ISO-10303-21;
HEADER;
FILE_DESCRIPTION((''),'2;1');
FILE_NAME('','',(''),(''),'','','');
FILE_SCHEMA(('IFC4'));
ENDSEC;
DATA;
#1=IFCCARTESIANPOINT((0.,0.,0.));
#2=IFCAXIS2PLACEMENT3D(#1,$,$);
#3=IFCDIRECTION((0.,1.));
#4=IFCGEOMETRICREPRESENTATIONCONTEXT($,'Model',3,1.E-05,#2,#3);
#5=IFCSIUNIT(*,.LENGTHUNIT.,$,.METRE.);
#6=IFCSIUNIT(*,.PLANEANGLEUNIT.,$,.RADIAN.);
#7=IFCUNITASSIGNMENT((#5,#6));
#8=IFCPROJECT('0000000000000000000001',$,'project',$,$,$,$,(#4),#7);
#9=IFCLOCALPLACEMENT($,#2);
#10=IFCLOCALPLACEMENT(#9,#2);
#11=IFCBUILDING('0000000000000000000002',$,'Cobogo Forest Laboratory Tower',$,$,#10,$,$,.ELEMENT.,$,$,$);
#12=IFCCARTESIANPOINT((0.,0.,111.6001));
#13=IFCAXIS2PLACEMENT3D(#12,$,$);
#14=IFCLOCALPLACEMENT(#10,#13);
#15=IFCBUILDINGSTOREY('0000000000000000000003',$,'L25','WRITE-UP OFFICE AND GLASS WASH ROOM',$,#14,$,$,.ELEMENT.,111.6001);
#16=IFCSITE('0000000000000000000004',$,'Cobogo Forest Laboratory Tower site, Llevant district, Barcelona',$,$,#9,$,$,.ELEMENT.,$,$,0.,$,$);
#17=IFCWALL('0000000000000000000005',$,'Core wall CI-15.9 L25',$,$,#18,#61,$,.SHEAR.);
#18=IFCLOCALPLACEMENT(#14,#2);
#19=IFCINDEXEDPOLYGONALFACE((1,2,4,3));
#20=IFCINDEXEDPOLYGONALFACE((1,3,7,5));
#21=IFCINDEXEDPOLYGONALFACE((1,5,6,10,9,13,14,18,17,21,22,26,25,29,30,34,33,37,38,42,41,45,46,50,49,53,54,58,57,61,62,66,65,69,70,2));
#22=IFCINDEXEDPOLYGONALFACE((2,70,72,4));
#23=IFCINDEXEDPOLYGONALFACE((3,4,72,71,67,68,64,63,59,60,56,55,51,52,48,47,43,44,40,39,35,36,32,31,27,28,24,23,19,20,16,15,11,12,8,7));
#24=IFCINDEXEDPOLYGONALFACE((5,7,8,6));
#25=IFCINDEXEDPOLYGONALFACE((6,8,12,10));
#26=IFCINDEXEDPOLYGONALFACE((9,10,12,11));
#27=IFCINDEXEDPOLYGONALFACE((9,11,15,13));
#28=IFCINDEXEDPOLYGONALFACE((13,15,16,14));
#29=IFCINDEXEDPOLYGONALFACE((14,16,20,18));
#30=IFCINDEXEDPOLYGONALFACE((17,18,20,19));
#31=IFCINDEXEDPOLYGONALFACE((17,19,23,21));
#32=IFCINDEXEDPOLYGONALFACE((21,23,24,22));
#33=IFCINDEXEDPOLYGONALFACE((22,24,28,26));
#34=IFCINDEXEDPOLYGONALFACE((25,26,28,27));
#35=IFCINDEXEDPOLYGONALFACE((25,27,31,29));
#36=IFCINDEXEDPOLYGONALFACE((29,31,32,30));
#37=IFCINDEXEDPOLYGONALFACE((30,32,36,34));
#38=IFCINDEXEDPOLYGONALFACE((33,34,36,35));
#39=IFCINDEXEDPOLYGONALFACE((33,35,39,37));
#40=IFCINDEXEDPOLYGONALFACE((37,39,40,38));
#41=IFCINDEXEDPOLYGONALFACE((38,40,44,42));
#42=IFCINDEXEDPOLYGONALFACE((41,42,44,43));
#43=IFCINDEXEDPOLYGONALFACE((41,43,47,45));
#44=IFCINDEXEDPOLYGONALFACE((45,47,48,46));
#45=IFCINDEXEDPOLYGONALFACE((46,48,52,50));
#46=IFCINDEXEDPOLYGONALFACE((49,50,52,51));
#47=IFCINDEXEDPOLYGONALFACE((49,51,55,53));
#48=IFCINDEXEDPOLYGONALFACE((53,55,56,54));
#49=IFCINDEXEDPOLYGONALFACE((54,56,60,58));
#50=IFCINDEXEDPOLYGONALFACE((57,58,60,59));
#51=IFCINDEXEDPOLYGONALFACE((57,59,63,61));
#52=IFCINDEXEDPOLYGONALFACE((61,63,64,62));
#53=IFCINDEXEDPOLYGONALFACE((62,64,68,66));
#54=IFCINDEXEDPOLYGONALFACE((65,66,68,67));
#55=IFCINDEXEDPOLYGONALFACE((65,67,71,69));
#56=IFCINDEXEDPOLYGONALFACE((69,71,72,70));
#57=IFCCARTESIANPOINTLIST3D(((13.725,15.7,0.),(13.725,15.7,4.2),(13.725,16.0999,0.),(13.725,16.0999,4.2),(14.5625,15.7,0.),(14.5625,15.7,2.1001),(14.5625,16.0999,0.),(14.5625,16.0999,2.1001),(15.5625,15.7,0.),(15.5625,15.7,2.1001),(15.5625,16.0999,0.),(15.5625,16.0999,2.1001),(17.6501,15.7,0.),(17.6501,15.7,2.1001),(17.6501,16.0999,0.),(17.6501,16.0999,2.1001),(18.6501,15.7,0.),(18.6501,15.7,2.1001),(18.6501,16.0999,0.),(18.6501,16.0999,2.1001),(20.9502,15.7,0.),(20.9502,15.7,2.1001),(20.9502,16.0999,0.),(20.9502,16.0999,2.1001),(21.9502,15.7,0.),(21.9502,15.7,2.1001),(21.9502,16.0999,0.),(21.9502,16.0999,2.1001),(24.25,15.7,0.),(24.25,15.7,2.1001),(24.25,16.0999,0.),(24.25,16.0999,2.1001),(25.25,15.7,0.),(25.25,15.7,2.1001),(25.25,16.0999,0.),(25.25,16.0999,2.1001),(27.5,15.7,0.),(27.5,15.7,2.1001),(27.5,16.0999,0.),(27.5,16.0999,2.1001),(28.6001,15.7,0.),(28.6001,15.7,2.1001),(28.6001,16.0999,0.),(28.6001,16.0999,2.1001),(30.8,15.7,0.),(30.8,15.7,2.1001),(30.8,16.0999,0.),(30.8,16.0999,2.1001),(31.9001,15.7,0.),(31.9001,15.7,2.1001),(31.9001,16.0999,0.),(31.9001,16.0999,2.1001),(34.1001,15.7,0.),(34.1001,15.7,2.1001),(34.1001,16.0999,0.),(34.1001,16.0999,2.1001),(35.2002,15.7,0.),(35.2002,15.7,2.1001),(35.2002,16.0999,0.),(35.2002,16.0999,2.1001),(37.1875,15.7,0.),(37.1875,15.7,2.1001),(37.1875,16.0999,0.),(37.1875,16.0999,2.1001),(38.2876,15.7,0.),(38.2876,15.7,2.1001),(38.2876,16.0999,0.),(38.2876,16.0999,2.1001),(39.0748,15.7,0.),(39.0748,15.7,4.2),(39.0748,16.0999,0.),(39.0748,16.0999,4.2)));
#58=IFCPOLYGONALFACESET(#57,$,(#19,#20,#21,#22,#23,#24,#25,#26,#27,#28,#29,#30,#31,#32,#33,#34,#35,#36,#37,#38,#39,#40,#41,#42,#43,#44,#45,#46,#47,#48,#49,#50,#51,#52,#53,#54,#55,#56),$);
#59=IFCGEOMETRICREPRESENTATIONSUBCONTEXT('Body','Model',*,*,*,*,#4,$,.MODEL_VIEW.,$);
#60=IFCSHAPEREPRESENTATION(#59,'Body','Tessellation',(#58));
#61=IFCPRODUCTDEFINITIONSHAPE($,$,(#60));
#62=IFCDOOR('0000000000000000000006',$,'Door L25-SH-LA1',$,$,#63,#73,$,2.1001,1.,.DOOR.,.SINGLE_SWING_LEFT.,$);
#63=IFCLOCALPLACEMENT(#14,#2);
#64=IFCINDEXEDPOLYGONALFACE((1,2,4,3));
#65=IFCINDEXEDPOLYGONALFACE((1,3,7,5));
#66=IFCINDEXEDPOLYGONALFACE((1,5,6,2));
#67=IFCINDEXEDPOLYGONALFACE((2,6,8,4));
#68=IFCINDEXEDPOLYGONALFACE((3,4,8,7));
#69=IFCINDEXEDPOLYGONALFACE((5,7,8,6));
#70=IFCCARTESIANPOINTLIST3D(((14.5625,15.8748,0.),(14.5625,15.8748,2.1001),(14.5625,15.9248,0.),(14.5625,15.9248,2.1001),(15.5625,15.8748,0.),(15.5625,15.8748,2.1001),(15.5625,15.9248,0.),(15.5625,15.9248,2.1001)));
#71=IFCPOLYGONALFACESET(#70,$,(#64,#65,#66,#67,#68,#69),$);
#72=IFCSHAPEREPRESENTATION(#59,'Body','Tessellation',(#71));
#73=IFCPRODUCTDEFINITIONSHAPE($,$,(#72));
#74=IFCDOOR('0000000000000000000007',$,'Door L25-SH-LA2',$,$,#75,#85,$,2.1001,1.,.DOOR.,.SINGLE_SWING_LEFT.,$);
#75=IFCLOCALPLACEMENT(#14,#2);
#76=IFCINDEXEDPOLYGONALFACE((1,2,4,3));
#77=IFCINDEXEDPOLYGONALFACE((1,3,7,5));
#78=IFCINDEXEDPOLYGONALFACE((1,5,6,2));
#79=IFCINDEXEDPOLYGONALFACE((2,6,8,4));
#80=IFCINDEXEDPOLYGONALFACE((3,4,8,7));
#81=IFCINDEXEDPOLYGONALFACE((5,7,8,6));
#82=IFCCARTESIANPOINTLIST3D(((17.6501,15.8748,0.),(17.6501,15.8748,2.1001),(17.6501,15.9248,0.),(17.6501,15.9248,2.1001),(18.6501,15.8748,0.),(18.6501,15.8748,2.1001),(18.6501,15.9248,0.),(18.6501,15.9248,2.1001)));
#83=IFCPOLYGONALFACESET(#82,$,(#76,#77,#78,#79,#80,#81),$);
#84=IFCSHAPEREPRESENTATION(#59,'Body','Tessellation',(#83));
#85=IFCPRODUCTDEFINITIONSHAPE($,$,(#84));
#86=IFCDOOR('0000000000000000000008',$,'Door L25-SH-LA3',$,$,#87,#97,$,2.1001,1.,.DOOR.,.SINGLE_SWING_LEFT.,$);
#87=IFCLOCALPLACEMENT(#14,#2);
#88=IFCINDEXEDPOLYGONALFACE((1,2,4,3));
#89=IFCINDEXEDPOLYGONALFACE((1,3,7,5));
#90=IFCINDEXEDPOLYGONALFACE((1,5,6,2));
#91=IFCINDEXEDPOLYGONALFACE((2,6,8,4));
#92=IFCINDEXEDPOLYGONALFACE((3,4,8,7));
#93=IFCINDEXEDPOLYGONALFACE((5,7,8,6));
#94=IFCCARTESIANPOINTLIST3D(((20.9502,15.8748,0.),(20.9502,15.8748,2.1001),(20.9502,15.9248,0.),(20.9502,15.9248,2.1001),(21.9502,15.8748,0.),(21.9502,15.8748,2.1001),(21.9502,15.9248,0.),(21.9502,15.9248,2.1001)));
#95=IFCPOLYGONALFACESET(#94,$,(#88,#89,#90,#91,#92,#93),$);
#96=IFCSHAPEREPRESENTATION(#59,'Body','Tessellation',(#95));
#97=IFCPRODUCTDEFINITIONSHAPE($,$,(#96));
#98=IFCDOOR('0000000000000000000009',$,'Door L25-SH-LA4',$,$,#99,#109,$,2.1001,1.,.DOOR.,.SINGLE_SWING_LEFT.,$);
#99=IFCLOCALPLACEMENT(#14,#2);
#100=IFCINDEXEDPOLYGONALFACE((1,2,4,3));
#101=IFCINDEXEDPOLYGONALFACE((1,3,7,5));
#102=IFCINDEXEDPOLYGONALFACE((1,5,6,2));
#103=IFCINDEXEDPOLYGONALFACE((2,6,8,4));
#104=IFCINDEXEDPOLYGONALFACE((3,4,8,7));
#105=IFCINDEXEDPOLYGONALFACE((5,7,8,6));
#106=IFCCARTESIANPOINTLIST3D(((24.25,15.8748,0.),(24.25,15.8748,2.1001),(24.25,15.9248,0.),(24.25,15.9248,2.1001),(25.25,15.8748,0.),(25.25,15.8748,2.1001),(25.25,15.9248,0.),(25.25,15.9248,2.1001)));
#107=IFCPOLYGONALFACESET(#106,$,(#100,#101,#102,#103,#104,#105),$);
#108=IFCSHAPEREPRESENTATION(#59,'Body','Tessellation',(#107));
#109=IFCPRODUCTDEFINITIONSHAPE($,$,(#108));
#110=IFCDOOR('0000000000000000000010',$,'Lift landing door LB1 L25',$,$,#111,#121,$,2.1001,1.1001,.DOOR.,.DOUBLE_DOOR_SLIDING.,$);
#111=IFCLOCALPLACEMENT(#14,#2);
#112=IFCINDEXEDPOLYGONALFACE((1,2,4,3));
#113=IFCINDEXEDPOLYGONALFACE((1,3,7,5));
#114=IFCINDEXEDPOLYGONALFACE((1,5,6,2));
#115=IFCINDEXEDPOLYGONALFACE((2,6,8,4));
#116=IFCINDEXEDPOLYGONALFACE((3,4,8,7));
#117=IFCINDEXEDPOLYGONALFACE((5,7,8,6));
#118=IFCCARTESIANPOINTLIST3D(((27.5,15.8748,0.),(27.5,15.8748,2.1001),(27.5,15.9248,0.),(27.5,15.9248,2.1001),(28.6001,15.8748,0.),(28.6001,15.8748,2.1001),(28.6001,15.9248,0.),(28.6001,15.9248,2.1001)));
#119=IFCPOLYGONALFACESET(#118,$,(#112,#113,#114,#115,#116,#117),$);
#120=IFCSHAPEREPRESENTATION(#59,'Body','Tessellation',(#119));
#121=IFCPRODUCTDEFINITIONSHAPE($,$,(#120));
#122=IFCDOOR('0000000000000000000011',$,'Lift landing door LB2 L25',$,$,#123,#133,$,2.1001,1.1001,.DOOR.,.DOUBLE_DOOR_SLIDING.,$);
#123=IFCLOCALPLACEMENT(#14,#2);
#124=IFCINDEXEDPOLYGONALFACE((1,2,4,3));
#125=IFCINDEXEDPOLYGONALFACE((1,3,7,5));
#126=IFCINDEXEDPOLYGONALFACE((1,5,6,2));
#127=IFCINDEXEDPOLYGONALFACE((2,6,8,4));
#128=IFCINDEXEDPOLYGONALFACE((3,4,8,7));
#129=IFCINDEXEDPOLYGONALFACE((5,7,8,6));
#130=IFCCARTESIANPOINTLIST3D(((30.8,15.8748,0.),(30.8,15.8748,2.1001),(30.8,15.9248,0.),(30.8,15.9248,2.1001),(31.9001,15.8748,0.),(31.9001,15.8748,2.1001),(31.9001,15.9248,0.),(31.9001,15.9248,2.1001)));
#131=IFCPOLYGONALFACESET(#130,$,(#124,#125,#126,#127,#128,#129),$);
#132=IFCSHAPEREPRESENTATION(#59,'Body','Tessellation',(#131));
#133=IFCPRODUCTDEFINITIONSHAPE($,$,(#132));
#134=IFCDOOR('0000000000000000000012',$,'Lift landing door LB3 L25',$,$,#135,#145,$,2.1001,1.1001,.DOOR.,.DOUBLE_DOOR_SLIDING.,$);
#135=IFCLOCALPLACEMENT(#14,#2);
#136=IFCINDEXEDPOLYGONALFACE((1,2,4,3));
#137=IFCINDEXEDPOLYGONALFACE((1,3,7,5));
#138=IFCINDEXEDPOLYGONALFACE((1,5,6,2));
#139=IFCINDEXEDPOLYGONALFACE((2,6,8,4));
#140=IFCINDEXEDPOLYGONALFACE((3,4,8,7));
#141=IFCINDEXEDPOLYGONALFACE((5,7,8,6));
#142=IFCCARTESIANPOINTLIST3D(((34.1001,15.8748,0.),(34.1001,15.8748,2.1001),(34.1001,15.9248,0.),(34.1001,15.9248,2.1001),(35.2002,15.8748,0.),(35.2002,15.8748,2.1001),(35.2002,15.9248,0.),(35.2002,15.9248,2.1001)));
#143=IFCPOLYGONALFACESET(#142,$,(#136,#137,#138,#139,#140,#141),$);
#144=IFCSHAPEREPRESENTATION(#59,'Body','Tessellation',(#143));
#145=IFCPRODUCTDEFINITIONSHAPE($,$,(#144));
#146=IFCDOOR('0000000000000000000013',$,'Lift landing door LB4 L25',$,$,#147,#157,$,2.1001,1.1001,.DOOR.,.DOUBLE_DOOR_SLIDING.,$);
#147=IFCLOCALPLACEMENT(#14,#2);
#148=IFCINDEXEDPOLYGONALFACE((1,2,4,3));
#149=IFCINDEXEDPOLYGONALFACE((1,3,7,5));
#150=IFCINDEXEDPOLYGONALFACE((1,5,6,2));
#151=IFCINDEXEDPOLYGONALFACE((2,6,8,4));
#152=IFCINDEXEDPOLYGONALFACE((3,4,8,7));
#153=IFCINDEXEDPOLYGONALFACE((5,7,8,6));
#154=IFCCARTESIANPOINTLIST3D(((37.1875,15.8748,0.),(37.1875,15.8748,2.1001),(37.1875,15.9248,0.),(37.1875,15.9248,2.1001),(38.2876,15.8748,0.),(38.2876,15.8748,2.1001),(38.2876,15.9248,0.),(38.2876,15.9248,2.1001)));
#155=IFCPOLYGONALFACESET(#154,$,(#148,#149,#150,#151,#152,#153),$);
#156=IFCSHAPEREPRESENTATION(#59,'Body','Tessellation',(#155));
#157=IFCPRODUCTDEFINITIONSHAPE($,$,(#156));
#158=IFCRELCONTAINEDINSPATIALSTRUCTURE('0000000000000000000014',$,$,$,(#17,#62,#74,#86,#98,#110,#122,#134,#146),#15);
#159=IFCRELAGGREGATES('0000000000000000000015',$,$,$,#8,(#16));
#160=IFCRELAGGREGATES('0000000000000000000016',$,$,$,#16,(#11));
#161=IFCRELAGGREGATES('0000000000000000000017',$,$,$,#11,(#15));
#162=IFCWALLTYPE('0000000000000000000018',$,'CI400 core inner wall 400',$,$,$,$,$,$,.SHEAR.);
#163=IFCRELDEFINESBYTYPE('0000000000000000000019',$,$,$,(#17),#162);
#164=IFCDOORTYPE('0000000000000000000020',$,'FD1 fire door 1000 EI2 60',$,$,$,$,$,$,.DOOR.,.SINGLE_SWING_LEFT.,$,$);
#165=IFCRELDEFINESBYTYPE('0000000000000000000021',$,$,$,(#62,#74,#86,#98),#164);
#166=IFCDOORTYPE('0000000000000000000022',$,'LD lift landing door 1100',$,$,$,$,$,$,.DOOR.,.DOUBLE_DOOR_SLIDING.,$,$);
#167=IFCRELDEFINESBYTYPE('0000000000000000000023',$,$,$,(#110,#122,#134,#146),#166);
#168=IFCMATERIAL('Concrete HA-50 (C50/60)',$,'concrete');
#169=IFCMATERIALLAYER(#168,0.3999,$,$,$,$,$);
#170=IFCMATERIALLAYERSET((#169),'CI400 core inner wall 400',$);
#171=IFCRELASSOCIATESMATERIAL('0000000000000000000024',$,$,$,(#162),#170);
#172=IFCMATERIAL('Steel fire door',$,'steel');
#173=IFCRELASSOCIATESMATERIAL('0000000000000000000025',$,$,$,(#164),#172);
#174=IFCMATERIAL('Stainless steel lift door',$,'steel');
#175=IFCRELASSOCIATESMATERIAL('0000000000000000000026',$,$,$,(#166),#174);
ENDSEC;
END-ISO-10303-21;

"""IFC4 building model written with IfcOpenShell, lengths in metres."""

from ifc_helpers import new_model, si_unit, direction, frame, frame_2d, origin, place, context, subcontext, project, spatial, rectangle, extrude, material, layer, layer_set, type_object, element, fill, save


model = new_model("IFC4")

# Units and contexts
model_context = context("Model", 3, precision=1e-05, world=origin(), true_north=direction((0.0, 1.0)))
body_context = subcontext(model_context, "Body", "Model", "MODEL_VIEW")
ifc_project = project(units=[si_unit("LENGTHUNIT", "METRE"), si_unit("PLANEANGLEUNIT", "RADIAN")], contexts=[model_context])

# Site, building, storey
site_placement = place(None, origin())
site = spatial("IfcSite", under=ifc_project, at=site_placement, Name="Cobogo Forest Laboratory Tower site, Llevant district, Barcelona", CompositionType="ELEMENT", RefElevation=0.0)
building_placement = place(site_placement, origin())
building = spatial("IfcBuilding", under=site, at=building_placement, Name="Cobogo Forest Laboratory Tower", CompositionType="ELEMENT")
storey_placement = place(building_placement, frame((0.0, 0.0, 111.6001)))
storey = spatial("IfcBuildingStorey", under=building, at=storey_placement, Name="L25", Description="WRITE-UP OFFICE AND GLASS WASH ROOM", CompositionType="ELEMENT", Elevation=111.6001)

# Wall, openings, doors
ifc_material_1 = material(Name="Concrete HA-50 (C50/60)", Category="concrete")
ifc_layer = layer(ifc_material_1, 0.3999)
ifc_layer_set = layer_set([ifc_layer], Name="CI400 core inner wall 400")
wall_type = type_object("IfcWallType", Name="CI400 core inner wall 400", PredefinedType="SHEAR", material=ifc_layer_set)
wall_1_placement = place(storey_placement, frame((13.7251, 15.8999, 0.0), z_axis=(0.0, 0.0, 1.0), x_axis=(1.0, 0.0, 0.0)))
wall_1 = element("IfcWall", 1, at=wall_1_placement, inside=storey, type_object=wall_type, Name="Core wall CI-15.9 L25", PredefinedType="SHEAR", context=body_context, shape_type="SweptSolid", body=[
    extrude(rectangle(XDim=25.3499, YDim=0.3999, at=frame_2d((12.6748, 0.0))), origin(), (0.0, 0.0, 1.0), 4.2),
])
opening_1_placement = place(wall_1_placement, frame((0.8374, 0.0, 0.0)))
opening_1 = element("IfcOpeningElement", 2, at=opening_1_placement, cuts=wall_1, PredefinedType="OPENING", context=body_context, shape_type="SweptSolid", body=[
    extrude(rectangle(XDim=1.0, YDim=2.1001, at=frame_2d((0.5, 1.05))), frame((0.0, 0.21, 0.0), z_axis=(0.0, -1.0, 0.0), x_axis=(1.0, 0.0, 0.0)), (0.0, 0.0, 1.0), 0.4199),
])
opening_2_placement = place(wall_1_placement, frame((3.925, 0.0, 0.0)))
opening_2 = element("IfcOpeningElement", 3, at=opening_2_placement, cuts=wall_1, PredefinedType="OPENING", context=body_context, shape_type="SweptSolid", body=[
    extrude(rectangle(XDim=1.0, YDim=2.1001, at=frame_2d((0.5, 1.05))), frame((0.0, 0.21, 0.0), z_axis=(0.0, -1.0, 0.0), x_axis=(1.0, 0.0, 0.0)), (0.0, 0.0, 1.0), 0.4199),
])
opening_3_placement = place(wall_1_placement, frame((7.2251, 0.0, 0.0)))
opening_3 = element("IfcOpeningElement", 4, at=opening_3_placement, cuts=wall_1, PredefinedType="OPENING", context=body_context, shape_type="SweptSolid", body=[
    extrude(rectangle(XDim=1.0, YDim=2.1001, at=frame_2d((0.5, 1.05))), frame((0.0, 0.21, 0.0), z_axis=(0.0, -1.0, 0.0), x_axis=(1.0, 0.0, 0.0)), (0.0, 0.0, 1.0), 0.4199),
])
opening_4_placement = place(wall_1_placement, frame((10.5249, 0.0, 0.0)))
opening_4 = element("IfcOpeningElement", 5, at=opening_4_placement, cuts=wall_1, PredefinedType="OPENING", context=body_context, shape_type="SweptSolid", body=[
    extrude(rectangle(XDim=1.0, YDim=2.1001, at=frame_2d((0.5, 1.05))), frame((0.0, 0.21, 0.0), z_axis=(0.0, -1.0, 0.0), x_axis=(1.0, 0.0, 0.0)), (0.0, 0.0, 1.0), 0.4199),
])
opening_5_placement = place(wall_1_placement, frame((13.7749, 0.0, 0.0)))
opening_5 = element("IfcOpeningElement", 6, at=opening_5_placement, cuts=wall_1, PredefinedType="OPENING", context=body_context, shape_type="SweptSolid", body=[
    extrude(rectangle(XDim=1.1001, YDim=2.1001, at=frame_2d((0.55, 1.05))), frame((0.0, 0.21, 0.0), z_axis=(0.0, -1.0, 0.0), x_axis=(1.0, 0.0, 0.0)), (0.0, 0.0, 1.0), 0.4199),
])
opening_6_placement = place(wall_1_placement, frame((17.075, 0.0, 0.0)))
opening_6 = element("IfcOpeningElement", 7, at=opening_6_placement, cuts=wall_1, PredefinedType="OPENING", context=body_context, shape_type="SweptSolid", body=[
    extrude(rectangle(XDim=1.1001, YDim=2.1001, at=frame_2d((0.55, 1.05))), frame((0.0, 0.21, 0.0), z_axis=(0.0, -1.0, 0.0), x_axis=(1.0, 0.0, 0.0)), (0.0, 0.0, 1.0), 0.4199),
])
opening_7_placement = place(wall_1_placement, frame((20.375, 0.0, 0.0)))
opening_7 = element("IfcOpeningElement", 8, at=opening_7_placement, cuts=wall_1, PredefinedType="OPENING", context=body_context, shape_type="SweptSolid", body=[
    extrude(rectangle(XDim=1.1001, YDim=2.1001, at=frame_2d((0.55, 1.05))), frame((0.0, 0.21, 0.0), z_axis=(0.0, -1.0, 0.0), x_axis=(1.0, 0.0, 0.0)), (0.0, 0.0, 1.0), 0.4199),
])
opening_8_placement = place(wall_1_placement, frame((23.4624, 0.0, 0.0)))
opening_8 = element("IfcOpeningElement", 9, at=opening_8_placement, cuts=wall_1, PredefinedType="OPENING", context=body_context, shape_type="SweptSolid", body=[
    extrude(rectangle(XDim=1.1001, YDim=2.1001, at=frame_2d((0.55, 1.05))), frame((0.0, 0.21, 0.0), z_axis=(0.0, -1.0, 0.0), x_axis=(1.0, 0.0, 0.0)), (0.0, 0.0, 1.0), 0.4199),
])
ifc_material_2 = material(Name="Steel fire door", Category="steel")
door_type_1 = type_object("IfcDoorType", Name="FD1 fire door 1000 EI2 60", OperationType="SINGLE_SWING_LEFT", PredefinedType="DOOR", material=ifc_material_2)
door_1_placement = place(opening_1_placement, origin())
door_1 = element("IfcDoor", 10, at=door_1_placement, inside=storey, type_object=door_type_1, Name="Door L25-SH-LA1", OperationType="SINGLE_SWING_LEFT", OverallHeight=2.1001, OverallWidth=1.0, PredefinedType="DOOR", context=body_context, shape_type="SweptSolid", body=[
    extrude(rectangle(XDim=1.0, YDim=2.1001, at=frame_2d((0.5, 1.05))), frame((0.0, 0.0249, 0.0), z_axis=(0.0, -1.0, 0.0), x_axis=(1.0, 0.0, 0.0)), (0.0, 0.0, 1.0), 0.05),
])
fill(opening_1, door_1)
door_2_placement = place(opening_2_placement, origin())
door_2 = element("IfcDoor", 11, at=door_2_placement, inside=storey, type_object=door_type_1, Name="Door L25-SH-LA2", OperationType="SINGLE_SWING_LEFT", OverallHeight=2.1001, OverallWidth=1.0, PredefinedType="DOOR", context=body_context, shape_type="SweptSolid", body=[
    extrude(rectangle(XDim=1.0, YDim=2.1001, at=frame_2d((0.5, 1.05))), frame((0.0, 0.0249, 0.0), z_axis=(0.0, -1.0, 0.0), x_axis=(1.0, 0.0, 0.0)), (0.0, 0.0, 1.0), 0.05),
])
fill(opening_2, door_2)
door_3_placement = place(opening_3_placement, origin())
door_3 = element("IfcDoor", 12, at=door_3_placement, inside=storey, type_object=door_type_1, Name="Door L25-SH-LA3", OperationType="SINGLE_SWING_LEFT", OverallHeight=2.1001, OverallWidth=1.0, PredefinedType="DOOR", context=body_context, shape_type="SweptSolid", body=[
    extrude(rectangle(XDim=1.0, YDim=2.1001, at=frame_2d((0.5, 1.05))), frame((0.0, 0.0249, 0.0), z_axis=(0.0, -1.0, 0.0), x_axis=(1.0, 0.0, 0.0)), (0.0, 0.0, 1.0), 0.05),
])
fill(opening_3, door_3)
door_4_placement = place(opening_4_placement, origin())
door_4 = element("IfcDoor", 13, at=door_4_placement, inside=storey, type_object=door_type_1, Name="Door L25-SH-LA4", OperationType="SINGLE_SWING_LEFT", OverallHeight=2.1001, OverallWidth=1.0, PredefinedType="DOOR", context=body_context, shape_type="SweptSolid", body=[
    extrude(rectangle(XDim=1.0, YDim=2.1001, at=frame_2d((0.5, 1.05))), frame((0.0, 0.0249, 0.0), z_axis=(0.0, -1.0, 0.0), x_axis=(1.0, 0.0, 0.0)), (0.0, 0.0, 1.0), 0.05),
])
fill(opening_4, door_4)
ifc_material_3 = material(Name="Stainless steel lift door", Category="steel")
door_type_2 = type_object("IfcDoorType", Name="LD lift landing door 1100", OperationType="DOUBLE_DOOR_SLIDING", PredefinedType="DOOR", material=ifc_material_3)
door_5_placement = place(opening_5_placement, origin())
door_5 = element("IfcDoor", 14, at=door_5_placement, inside=storey, type_object=door_type_2, Name="Lift landing door LB1 L25", OperationType="DOUBLE_DOOR_SLIDING", OverallHeight=2.1001, OverallWidth=1.1001, PredefinedType="DOOR", context=body_context, shape_type="SweptSolid", body=[
    extrude(rectangle(XDim=1.1001, YDim=2.1001, at=frame_2d((0.55, 1.05))), frame((0.0, 0.0249, 0.0), z_axis=(0.0, -1.0, 0.0), x_axis=(1.0, 0.0, 0.0)), (0.0, 0.0, 1.0), 0.05),
])
fill(opening_5, door_5)
door_6_placement = place(opening_6_placement, origin())
door_6 = element("IfcDoor", 15, at=door_6_placement, inside=storey, type_object=door_type_2, Name="Lift landing door LB2 L25", OperationType="DOUBLE_DOOR_SLIDING", OverallHeight=2.1001, OverallWidth=1.1001, PredefinedType="DOOR", context=body_context, shape_type="SweptSolid", body=[
    extrude(rectangle(XDim=1.1001, YDim=2.1001, at=frame_2d((0.55, 1.05))), frame((0.0, 0.0249, 0.0), z_axis=(0.0, -1.0, 0.0), x_axis=(1.0, 0.0, 0.0)), (0.0, 0.0, 1.0), 0.05),
])
fill(opening_6, door_6)
door_7_placement = place(opening_7_placement, origin())
door_7 = element("IfcDoor", 16, at=door_7_placement, inside=storey, type_object=door_type_2, Name="Lift landing door LB3 L25", OperationType="DOUBLE_DOOR_SLIDING", OverallHeight=2.1001, OverallWidth=1.1001, PredefinedType="DOOR", context=body_context, shape_type="SweptSolid", body=[
    extrude(rectangle(XDim=1.1001, YDim=2.1001, at=frame_2d((0.55, 1.05))), frame((0.0, 0.0249, 0.0), z_axis=(0.0, -1.0, 0.0), x_axis=(1.0, 0.0, 0.0)), (0.0, 0.0, 1.0), 0.05),
])
fill(opening_7, door_7)
door_8_placement = place(opening_8_placement, origin())
door_8 = element("IfcDoor", 17, at=door_8_placement, inside=storey, type_object=door_type_2, Name="Lift landing door LB4 L25", OperationType="DOUBLE_DOOR_SLIDING", OverallHeight=2.1001, OverallWidth=1.1001, PredefinedType="DOOR", context=body_context, shape_type="SweptSolid", body=[
    extrude(rectangle(XDim=1.1001, YDim=2.1001, at=frame_2d((0.55, 1.05))), frame((0.0, 0.0249, 0.0), z_axis=(0.0, -1.0, 0.0), x_axis=(1.0, 0.0, 0.0)), (0.0, 0.0, 1.0), 0.05),
])
fill(opening_8, door_8)

save(model, "model.ifc")
